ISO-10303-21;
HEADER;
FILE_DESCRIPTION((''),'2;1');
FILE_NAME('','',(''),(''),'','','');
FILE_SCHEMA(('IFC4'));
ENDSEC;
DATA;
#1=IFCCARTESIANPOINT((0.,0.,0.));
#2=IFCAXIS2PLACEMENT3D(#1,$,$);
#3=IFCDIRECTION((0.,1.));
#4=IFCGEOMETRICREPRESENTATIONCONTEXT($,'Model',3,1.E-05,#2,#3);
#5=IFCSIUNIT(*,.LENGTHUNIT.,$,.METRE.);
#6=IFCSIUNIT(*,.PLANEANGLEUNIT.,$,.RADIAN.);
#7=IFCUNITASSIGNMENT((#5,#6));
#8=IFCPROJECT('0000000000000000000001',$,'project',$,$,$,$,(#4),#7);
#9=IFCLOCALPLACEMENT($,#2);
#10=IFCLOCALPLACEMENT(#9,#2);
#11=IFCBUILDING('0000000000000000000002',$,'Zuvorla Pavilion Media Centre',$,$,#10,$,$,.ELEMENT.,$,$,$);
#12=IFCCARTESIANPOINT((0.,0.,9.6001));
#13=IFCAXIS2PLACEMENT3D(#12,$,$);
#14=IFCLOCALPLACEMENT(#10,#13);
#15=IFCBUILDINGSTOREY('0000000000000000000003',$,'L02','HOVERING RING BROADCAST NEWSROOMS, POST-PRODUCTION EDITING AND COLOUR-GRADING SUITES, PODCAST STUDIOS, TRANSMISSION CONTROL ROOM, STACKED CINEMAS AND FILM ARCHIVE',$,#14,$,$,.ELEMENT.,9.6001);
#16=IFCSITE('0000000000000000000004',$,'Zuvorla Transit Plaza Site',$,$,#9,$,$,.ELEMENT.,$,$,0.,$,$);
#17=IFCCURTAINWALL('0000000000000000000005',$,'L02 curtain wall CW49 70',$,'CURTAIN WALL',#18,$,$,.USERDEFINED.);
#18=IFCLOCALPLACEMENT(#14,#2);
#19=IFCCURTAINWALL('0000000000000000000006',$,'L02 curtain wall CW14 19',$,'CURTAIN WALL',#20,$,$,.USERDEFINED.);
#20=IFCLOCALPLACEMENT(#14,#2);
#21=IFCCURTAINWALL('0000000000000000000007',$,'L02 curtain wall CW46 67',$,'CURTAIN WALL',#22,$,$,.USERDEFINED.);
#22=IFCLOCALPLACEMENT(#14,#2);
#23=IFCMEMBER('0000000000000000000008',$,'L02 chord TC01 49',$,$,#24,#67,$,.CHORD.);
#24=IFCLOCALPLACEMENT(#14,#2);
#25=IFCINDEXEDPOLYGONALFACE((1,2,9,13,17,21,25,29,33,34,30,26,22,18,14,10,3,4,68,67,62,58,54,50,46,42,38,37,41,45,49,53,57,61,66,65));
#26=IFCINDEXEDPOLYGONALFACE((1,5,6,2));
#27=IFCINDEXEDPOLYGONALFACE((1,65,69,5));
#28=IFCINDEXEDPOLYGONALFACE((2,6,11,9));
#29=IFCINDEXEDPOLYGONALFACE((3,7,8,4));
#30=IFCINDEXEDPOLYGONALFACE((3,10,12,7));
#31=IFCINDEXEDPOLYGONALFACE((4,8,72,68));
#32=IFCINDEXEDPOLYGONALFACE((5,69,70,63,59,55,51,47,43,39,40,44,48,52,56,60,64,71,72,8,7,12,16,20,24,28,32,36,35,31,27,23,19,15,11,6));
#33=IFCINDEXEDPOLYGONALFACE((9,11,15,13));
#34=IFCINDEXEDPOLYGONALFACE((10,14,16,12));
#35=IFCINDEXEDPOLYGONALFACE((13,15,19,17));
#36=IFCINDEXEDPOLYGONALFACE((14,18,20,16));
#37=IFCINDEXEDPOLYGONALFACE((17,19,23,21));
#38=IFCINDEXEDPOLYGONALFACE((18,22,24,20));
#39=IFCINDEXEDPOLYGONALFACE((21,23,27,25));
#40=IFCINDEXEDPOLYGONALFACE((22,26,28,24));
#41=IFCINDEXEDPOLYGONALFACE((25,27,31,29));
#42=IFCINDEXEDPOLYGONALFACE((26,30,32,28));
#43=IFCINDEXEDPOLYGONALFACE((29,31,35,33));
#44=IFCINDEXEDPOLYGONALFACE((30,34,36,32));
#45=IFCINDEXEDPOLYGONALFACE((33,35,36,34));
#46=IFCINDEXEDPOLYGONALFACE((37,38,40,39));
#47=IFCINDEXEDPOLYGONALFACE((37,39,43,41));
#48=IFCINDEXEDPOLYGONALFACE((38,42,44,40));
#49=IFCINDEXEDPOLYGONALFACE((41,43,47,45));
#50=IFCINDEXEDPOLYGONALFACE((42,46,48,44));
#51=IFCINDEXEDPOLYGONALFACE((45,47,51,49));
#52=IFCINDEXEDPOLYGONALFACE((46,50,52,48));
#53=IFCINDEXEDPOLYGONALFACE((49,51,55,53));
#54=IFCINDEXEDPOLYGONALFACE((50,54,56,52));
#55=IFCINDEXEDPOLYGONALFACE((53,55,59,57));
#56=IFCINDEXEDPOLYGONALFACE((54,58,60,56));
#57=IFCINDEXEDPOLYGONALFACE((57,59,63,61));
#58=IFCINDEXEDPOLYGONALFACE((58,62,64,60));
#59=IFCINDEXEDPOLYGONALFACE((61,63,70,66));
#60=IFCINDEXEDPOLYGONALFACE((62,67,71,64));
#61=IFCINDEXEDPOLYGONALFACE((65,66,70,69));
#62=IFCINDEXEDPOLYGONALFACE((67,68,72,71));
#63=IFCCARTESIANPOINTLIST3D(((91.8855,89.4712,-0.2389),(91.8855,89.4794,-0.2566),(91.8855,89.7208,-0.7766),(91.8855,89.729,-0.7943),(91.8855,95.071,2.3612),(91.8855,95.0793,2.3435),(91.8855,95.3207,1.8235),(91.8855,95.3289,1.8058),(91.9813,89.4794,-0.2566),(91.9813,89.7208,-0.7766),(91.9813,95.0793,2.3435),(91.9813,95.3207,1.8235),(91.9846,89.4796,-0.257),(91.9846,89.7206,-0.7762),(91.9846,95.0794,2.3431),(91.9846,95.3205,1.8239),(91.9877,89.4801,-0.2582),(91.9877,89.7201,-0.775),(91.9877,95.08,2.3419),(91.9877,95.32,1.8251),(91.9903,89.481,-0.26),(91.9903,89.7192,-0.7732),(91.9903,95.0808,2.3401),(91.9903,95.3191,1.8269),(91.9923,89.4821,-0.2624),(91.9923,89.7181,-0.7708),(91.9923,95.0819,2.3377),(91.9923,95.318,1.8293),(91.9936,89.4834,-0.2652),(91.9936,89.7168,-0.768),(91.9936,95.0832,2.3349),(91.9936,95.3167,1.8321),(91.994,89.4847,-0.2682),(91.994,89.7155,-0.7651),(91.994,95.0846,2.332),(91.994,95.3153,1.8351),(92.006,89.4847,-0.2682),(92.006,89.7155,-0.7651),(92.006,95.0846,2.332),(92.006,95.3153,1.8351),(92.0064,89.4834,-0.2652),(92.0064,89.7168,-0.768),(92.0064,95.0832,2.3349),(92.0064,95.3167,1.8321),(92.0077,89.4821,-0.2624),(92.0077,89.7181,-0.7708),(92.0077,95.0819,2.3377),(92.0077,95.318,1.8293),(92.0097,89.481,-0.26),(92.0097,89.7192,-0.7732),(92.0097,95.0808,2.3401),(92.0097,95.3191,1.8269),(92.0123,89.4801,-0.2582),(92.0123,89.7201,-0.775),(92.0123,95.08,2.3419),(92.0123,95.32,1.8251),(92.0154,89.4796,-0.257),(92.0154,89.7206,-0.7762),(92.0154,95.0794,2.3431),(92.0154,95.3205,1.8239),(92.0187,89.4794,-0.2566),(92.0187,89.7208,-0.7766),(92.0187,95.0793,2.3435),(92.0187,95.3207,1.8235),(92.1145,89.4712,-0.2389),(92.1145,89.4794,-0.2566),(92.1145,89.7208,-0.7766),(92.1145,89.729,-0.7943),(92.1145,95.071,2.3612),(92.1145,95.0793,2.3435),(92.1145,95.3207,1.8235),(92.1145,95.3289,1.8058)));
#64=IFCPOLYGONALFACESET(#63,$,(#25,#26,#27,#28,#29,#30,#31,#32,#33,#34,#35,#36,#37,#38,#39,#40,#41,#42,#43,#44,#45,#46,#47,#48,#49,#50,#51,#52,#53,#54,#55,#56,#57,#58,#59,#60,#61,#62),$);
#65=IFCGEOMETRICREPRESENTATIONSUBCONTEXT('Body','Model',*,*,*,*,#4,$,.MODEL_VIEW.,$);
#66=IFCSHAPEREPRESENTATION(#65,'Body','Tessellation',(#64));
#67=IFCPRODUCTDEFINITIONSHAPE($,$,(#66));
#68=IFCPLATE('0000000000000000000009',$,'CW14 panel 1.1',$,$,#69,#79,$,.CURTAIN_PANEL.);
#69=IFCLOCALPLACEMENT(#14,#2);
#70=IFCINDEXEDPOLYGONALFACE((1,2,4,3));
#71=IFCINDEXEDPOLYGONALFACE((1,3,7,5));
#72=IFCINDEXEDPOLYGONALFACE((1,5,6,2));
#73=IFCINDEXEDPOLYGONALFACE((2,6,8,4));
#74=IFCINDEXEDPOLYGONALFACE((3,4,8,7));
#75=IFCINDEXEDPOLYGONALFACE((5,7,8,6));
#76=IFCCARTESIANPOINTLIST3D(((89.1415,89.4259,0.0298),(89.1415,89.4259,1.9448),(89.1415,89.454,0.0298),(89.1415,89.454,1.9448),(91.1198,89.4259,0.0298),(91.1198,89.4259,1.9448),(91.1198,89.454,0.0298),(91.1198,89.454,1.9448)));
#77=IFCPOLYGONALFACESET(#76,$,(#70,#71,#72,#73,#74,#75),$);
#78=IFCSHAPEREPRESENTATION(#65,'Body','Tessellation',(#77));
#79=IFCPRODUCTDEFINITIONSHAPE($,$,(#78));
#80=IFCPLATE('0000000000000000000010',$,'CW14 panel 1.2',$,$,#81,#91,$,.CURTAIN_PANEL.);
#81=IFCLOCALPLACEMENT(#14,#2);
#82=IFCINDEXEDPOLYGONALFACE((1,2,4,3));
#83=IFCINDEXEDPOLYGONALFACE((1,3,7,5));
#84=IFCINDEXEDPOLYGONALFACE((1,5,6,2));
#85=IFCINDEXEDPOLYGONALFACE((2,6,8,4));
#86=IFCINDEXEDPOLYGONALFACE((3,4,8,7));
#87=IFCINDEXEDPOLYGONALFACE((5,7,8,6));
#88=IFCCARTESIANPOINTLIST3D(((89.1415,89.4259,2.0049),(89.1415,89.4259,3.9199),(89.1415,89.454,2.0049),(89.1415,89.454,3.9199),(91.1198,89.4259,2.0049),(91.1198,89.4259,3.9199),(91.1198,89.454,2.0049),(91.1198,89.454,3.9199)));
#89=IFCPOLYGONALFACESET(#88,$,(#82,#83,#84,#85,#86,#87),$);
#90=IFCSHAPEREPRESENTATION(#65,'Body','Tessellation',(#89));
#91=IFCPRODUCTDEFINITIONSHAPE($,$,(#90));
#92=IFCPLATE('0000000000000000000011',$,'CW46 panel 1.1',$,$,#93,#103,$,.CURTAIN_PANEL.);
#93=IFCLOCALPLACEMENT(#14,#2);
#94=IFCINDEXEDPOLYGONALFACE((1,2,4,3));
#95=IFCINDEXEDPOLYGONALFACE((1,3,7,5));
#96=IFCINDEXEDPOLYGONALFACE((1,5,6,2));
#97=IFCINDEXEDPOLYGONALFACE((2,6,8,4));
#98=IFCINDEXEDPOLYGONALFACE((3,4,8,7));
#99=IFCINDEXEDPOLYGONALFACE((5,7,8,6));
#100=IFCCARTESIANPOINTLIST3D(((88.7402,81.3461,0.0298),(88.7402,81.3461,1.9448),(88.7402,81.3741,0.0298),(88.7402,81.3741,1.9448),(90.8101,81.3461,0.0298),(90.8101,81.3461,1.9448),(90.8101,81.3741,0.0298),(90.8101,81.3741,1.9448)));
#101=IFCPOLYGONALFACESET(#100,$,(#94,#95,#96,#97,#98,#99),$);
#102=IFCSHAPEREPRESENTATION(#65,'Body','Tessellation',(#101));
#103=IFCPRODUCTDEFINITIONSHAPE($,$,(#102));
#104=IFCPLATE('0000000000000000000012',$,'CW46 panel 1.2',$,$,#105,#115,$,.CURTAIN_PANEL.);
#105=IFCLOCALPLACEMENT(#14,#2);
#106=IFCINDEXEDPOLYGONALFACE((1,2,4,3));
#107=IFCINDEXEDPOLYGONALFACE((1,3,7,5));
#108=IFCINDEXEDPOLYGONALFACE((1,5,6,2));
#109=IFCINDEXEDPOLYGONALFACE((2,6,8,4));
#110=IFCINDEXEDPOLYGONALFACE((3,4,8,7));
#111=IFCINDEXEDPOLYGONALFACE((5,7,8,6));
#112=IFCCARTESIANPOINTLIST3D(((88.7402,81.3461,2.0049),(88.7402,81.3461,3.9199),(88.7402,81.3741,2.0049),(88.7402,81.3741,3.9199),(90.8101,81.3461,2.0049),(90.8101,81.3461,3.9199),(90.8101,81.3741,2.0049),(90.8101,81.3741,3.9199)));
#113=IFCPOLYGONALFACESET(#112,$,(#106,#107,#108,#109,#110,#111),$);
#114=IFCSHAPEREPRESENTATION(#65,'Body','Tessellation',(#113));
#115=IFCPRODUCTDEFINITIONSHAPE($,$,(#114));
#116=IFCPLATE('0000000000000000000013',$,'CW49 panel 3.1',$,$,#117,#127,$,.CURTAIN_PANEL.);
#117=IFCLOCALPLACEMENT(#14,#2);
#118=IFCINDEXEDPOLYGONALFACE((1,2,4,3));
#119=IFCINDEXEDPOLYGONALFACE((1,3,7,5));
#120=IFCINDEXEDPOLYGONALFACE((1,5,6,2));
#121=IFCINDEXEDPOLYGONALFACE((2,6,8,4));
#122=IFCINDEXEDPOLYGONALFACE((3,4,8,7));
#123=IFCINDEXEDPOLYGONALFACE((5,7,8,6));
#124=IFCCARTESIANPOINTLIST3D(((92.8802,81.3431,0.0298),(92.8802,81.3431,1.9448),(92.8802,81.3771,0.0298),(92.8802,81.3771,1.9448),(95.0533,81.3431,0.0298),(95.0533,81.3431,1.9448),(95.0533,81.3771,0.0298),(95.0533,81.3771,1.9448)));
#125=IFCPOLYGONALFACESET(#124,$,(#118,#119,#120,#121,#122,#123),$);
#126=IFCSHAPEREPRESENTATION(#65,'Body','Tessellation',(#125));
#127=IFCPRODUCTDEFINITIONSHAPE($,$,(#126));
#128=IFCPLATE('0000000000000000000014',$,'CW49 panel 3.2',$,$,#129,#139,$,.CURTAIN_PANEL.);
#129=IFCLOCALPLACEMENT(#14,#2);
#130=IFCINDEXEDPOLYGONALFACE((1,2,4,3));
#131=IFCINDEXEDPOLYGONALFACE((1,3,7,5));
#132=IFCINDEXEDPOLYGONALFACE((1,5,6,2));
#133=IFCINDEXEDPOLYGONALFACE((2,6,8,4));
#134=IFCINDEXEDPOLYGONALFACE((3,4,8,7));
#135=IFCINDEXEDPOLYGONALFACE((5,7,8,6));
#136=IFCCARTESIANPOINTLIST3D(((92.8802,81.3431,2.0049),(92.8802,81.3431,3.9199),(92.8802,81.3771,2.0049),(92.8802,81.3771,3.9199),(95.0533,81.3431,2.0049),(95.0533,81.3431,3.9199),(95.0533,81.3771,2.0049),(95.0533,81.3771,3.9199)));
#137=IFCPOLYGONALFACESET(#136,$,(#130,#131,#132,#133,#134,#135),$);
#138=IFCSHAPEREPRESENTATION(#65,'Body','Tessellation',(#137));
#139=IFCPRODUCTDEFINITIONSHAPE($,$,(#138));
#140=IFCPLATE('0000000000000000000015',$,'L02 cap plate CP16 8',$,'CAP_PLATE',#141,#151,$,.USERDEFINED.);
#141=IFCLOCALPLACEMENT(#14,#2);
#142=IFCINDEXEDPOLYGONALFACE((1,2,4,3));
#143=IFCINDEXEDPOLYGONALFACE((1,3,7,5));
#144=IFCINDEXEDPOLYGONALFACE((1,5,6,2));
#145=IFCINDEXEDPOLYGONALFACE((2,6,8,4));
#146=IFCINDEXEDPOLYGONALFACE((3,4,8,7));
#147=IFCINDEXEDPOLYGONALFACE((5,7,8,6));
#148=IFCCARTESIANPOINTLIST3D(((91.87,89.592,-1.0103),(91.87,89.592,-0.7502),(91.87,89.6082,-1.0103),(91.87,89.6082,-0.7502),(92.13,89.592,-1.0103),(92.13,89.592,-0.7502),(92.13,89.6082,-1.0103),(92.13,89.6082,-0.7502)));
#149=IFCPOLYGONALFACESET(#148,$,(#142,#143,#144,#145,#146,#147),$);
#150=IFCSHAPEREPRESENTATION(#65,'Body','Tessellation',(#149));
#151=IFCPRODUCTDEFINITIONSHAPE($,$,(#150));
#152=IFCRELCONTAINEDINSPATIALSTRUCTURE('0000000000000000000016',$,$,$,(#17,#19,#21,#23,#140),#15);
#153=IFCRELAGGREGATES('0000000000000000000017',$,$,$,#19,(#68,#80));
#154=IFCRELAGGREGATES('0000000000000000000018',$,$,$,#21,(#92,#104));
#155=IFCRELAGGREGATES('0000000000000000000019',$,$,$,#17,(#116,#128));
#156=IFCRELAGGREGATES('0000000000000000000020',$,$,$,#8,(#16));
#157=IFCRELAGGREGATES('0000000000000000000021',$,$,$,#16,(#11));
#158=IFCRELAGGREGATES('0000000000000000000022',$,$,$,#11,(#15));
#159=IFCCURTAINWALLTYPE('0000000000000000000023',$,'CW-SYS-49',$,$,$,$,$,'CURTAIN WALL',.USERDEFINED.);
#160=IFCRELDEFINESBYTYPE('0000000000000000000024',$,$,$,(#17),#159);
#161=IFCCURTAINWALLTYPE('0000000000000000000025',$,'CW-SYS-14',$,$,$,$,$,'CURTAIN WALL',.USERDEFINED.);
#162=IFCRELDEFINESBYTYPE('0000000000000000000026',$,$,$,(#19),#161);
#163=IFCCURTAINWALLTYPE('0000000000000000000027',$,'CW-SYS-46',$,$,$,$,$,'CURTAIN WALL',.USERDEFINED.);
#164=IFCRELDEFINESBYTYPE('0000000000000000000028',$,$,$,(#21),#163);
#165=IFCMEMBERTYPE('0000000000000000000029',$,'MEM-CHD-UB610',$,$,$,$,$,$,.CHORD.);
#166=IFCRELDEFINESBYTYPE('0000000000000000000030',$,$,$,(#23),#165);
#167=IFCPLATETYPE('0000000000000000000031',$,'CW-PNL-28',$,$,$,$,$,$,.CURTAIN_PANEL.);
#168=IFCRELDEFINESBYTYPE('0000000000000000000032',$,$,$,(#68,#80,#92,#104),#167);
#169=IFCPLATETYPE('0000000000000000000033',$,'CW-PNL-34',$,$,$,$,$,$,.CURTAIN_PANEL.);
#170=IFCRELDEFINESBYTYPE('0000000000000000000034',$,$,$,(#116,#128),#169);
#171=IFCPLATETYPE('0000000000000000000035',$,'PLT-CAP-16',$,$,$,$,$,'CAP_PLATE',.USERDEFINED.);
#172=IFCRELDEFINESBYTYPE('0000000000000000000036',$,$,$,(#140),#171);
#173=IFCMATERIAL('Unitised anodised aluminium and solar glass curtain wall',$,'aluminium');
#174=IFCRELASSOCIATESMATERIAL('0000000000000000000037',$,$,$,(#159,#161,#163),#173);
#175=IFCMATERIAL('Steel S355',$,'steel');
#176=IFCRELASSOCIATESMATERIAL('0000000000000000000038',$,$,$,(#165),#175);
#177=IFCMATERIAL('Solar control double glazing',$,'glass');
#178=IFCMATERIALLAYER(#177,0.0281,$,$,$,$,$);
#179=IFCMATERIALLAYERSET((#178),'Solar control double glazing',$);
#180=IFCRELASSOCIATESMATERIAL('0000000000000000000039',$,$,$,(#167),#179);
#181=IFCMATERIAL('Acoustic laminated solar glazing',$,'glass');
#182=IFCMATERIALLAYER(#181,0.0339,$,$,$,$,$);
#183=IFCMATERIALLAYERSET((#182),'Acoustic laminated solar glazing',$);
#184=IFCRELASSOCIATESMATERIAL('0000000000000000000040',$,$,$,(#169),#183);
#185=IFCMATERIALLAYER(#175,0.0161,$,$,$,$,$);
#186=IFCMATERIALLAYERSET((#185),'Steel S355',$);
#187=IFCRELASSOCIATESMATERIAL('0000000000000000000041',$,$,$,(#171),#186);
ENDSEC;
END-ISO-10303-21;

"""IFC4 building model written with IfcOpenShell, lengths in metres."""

from ifc_helpers import new_model, si_unit, direction, frame, origin, origin_2d, place, context, subcontext, project, spatial, rectangle, i_section, extrude, material, layer, layer_set, material_profile, profile_set, type_object, element, aggregate, save


model = new_model("IFC4")

# Units and contexts
model_context = context("Model", 3, precision=1e-05, world=origin(), true_north=direction((0.0, 1.0)))
body_context = subcontext(model_context, "Body", "Model", "MODEL_VIEW")
ifc_project = project(units=[si_unit("LENGTHUNIT", "METRE"), si_unit("PLANEANGLEUNIT", "RADIAN")], contexts=[model_context])

# Site, building, storey
site_placement = place(None, origin())
site = spatial("IfcSite", under=ifc_project, at=site_placement, Name="Zuvorla Transit Plaza Site", CompositionType="ELEMENT", RefElevation=0.0)
building_placement = place(site_placement, origin())
building = spatial("IfcBuilding", under=site, at=building_placement, Name="Zuvorla Pavilion Media Centre", CompositionType="ELEMENT")
storey_placement = place(building_placement, frame((0.0, 0.0, 9.6001)))
storey = spatial("IfcBuildingStorey", under=building, at=storey_placement, Name="L02", Description="HOVERING RING BROADCAST NEWSROOMS, POST-PRODUCTION EDITING AND COLOUR-GRADING SUITES, PODCAST STUDIOS, TRANSMISSION CONTROL ROOM, STACKED CINEMAS AND FILM ARCHIVE", CompositionType="ELEMENT", Elevation=9.6001)

# Shared definitions
ifc_material_1 = material(Name="Steel S355", Category="steel")

# Curtain wall
ifc_material_2 = material(Name="Unitised anodised aluminium and solar glass curtain wall", Category="aluminium")
curtain_wall_type_1 = type_object("IfcCurtainWallType", Name="CW-SYS-49", ElementType="CURTAIN WALL", PredefinedType="USERDEFINED", material=ifc_material_2)
curtain_wall_1_placement = place(storey_placement, origin())
curtain_wall_1 = element("IfcCurtainWall", 1, at=curtain_wall_1_placement, inside=storey, type_object=curtain_wall_type_1, Name="L02 curtain wall CW49 70", ObjectType="CURTAIN WALL", PredefinedType="USERDEFINED")

# Curtain wall
curtain_wall_type_2 = type_object("IfcCurtainWallType", Name="CW-SYS-14", ElementType="CURTAIN WALL", PredefinedType="USERDEFINED", material=ifc_material_2)
curtain_wall_2_placement = place(storey_placement, origin())
curtain_wall_2 = element("IfcCurtainWall", 2, at=curtain_wall_2_placement, inside=storey, type_object=curtain_wall_type_2, Name="L02 curtain wall CW14 19", ObjectType="CURTAIN WALL", PredefinedType="USERDEFINED")

# Curtain wall
curtain_wall_type_3 = type_object("IfcCurtainWallType", Name="CW-SYS-46", ElementType="CURTAIN WALL", PredefinedType="USERDEFINED", material=ifc_material_2)
curtain_wall_3_placement = place(storey_placement, origin())
curtain_wall_3 = element("IfcCurtainWall", 3, at=curtain_wall_3_placement, inside=storey, type_object=curtain_wall_type_3, Name="L02 curtain wall CW46 67", ObjectType="CURTAIN WALL", PredefinedType="USERDEFINED")

# Member
ifc_material_profile_1 = material_profile(ifc_material_1, i_section(OverallWidth=0.229, OverallDepth=0.6123, WebThickness=0.012, FlangeThickness=0.0195, FilletRadius=0.0127, at=origin_2d()), Name="UB 610x229x125")
ifc_profile_set_1 = profile_set([ifc_material_profile_1], Name="Steel S355")
member_type_1 = type_object("IfcMemberType", Name="MEM-CHD-UB610", PredefinedType="CHORD", material=ifc_profile_set_1)
member_1_placement = place(storey_placement, frame((92.0, 89.6001, -0.5166), z_axis=(0.0, 0.906999, 0.421133), x_axis=(-1.0, 0.0, 0.0)))
element("IfcMember", 4, at=member_1_placement, inside=storey, type_object=member_type_1, Name="L02 chord TC01 49", PredefinedType="CHORD", context=body_context, shape_type="SweptSolid", body=[
    extrude(i_section(OverallWidth=0.229, OverallDepth=0.6123, WebThickness=0.012, FlangeThickness=0.0195, FilletRadius=0.0127, at=origin_2d()), origin(), (0.0, 0.0, 1.0), 6.1741),
])

# Plates
ifc_material_3 = material(Name="Solar control double glazing", Category="glass")
ifc_layer_1 = layer(ifc_material_3, 0.0281)
ifc_layer_set_1 = layer_set([ifc_layer_1], Name="Solar control double glazing")
plate_type_1 = type_object("IfcPlateType", Name="CW-PNL-28", PredefinedType="CURTAIN_PANEL", material=ifc_layer_set_1)
plate_1_placement = place(storey_placement, frame((90.1306, 89.4399, 0.0298), z_axis=(0.0, 0.0, 1.0), x_axis=(-1.0, 0.0, 0.0)))
plate_1 = element("IfcPlate", 5, at=plate_1_placement, type_object=plate_type_1, Name="CW14 panel 1.1", PredefinedType="CURTAIN_PANEL", context=body_context, shape_type="SweptSolid", body=[
    extrude(rectangle(XDim=1.9783, YDim=0.0281, at=origin_2d()), origin(), (0.0, 0.0, 1.0), 1.915),
])
plate_2_placement = place(storey_placement, frame((90.1306, 89.4399, 2.0049), z_axis=(0.0, 0.0, 1.0), x_axis=(-1.0, 0.0, 0.0)))
plate_2 = element("IfcPlate", 6, at=plate_2_placement, type_object=plate_type_1, Name="CW14 panel 1.2", PredefinedType="CURTAIN_PANEL", context=body_context, shape_type="SweptSolid", body=[
    extrude(rectangle(XDim=1.9783, YDim=0.0281, at=origin_2d()), origin(), (0.0, 0.0, 1.0), 1.915),
])
aggregate(curtain_wall_2, [plate_1, plate_2])
plate_3_placement = place(storey_placement, frame((89.7751, 81.3601, 0.0298), z_axis=(0.0, 0.0, 1.0), x_axis=(-1.0, 0.0, 0.0)))
plate_3 = element("IfcPlate", 7, at=plate_3_placement, type_object=plate_type_1, Name="CW46 panel 1.1", PredefinedType="CURTAIN_PANEL", context=body_context, shape_type="SweptSolid", body=[
    extrude(rectangle(XDim=2.0698, YDim=0.0281, at=origin_2d()), origin(), (0.0, 0.0, 1.0), 1.915),
])
plate_4_placement = place(storey_placement, frame((89.7751, 81.3601, 2.0049), z_axis=(0.0, 0.0, 1.0), x_axis=(-1.0, 0.0, 0.0)))
plate_4 = element("IfcPlate", 8, at=plate_4_placement, type_object=plate_type_1, Name="CW46 panel 1.2", PredefinedType="CURTAIN_PANEL", context=body_context, shape_type="SweptSolid", body=[
    extrude(rectangle(XDim=2.0698, YDim=0.0281, at=origin_2d()), origin(), (0.0, 0.0, 1.0), 1.915),
])
aggregate(curtain_wall_3, [plate_3, plate_4])
ifc_material_4 = material(Name="Acoustic laminated solar glazing", Category="glass")
ifc_layer_2 = layer(ifc_material_4, 0.0339)
ifc_layer_set_2 = layer_set([ifc_layer_2], Name="Acoustic laminated solar glazing")
plate_type_2 = type_object("IfcPlateType", Name="CW-PNL-34", PredefinedType="CURTAIN_PANEL", material=ifc_layer_set_2)
plate_5_placement = place(storey_placement, frame((93.9668, 81.3601, 0.0298), z_axis=(0.0, 0.0, 1.0), x_axis=(-1.0, 0.0, 0.0)))
plate_5 = element("IfcPlate", 9, at=plate_5_placement, type_object=plate_type_2, Name="CW49 panel 3.1", PredefinedType="CURTAIN_PANEL", context=body_context, shape_type="SweptSolid", body=[
    extrude(rectangle(XDim=2.1731, YDim=0.0339, at=origin_2d()), origin(), (0.0, 0.0, 1.0), 1.915),
])
plate_6_placement = place(storey_placement, frame((93.9668, 81.3601, 2.0049), z_axis=(0.0, 0.0, 1.0), x_axis=(-1.0, 0.0, 0.0)))
plate_6 = element("IfcPlate", 10, at=plate_6_placement, type_object=plate_type_2, Name="CW49 panel 3.2", PredefinedType="CURTAIN_PANEL", context=body_context, shape_type="SweptSolid", body=[
    extrude(rectangle(XDim=2.1731, YDim=0.0339, at=origin_2d()), origin(), (0.0, 0.0, 1.0), 1.915),
])
aggregate(curtain_wall_1, [plate_5, plate_6])
ifc_layer_3 = layer(ifc_material_1, 0.0161)
ifc_layer_set_3 = layer_set([ifc_layer_3], Name="Steel S355")
plate_type_3 = type_object("IfcPlateType", Name="PLT-CAP-16", ElementType="CAP_PLATE", PredefinedType="USERDEFINED", material=ifc_layer_set_3)
plate_7_placement = place(storey_placement, frame((92.0, 89.6001, -1.0103), z_axis=(0.0, 0.0, 1.0), x_axis=(1.0, 0.0, 0.0)))
element("IfcPlate", 11, at=plate_7_placement, inside=storey, type_object=plate_type_3, Name="L02 cap plate CP16 8", ObjectType="CAP_PLATE", PredefinedType="USERDEFINED", context=body_context, shape_type="SweptSolid", body=[
    extrude(rectangle(XDim=0.26, YDim=0.0161, at=origin_2d()), origin(), (0.0, 0.0, 1.0), 0.26),
])

save(model, "model.ifc")
